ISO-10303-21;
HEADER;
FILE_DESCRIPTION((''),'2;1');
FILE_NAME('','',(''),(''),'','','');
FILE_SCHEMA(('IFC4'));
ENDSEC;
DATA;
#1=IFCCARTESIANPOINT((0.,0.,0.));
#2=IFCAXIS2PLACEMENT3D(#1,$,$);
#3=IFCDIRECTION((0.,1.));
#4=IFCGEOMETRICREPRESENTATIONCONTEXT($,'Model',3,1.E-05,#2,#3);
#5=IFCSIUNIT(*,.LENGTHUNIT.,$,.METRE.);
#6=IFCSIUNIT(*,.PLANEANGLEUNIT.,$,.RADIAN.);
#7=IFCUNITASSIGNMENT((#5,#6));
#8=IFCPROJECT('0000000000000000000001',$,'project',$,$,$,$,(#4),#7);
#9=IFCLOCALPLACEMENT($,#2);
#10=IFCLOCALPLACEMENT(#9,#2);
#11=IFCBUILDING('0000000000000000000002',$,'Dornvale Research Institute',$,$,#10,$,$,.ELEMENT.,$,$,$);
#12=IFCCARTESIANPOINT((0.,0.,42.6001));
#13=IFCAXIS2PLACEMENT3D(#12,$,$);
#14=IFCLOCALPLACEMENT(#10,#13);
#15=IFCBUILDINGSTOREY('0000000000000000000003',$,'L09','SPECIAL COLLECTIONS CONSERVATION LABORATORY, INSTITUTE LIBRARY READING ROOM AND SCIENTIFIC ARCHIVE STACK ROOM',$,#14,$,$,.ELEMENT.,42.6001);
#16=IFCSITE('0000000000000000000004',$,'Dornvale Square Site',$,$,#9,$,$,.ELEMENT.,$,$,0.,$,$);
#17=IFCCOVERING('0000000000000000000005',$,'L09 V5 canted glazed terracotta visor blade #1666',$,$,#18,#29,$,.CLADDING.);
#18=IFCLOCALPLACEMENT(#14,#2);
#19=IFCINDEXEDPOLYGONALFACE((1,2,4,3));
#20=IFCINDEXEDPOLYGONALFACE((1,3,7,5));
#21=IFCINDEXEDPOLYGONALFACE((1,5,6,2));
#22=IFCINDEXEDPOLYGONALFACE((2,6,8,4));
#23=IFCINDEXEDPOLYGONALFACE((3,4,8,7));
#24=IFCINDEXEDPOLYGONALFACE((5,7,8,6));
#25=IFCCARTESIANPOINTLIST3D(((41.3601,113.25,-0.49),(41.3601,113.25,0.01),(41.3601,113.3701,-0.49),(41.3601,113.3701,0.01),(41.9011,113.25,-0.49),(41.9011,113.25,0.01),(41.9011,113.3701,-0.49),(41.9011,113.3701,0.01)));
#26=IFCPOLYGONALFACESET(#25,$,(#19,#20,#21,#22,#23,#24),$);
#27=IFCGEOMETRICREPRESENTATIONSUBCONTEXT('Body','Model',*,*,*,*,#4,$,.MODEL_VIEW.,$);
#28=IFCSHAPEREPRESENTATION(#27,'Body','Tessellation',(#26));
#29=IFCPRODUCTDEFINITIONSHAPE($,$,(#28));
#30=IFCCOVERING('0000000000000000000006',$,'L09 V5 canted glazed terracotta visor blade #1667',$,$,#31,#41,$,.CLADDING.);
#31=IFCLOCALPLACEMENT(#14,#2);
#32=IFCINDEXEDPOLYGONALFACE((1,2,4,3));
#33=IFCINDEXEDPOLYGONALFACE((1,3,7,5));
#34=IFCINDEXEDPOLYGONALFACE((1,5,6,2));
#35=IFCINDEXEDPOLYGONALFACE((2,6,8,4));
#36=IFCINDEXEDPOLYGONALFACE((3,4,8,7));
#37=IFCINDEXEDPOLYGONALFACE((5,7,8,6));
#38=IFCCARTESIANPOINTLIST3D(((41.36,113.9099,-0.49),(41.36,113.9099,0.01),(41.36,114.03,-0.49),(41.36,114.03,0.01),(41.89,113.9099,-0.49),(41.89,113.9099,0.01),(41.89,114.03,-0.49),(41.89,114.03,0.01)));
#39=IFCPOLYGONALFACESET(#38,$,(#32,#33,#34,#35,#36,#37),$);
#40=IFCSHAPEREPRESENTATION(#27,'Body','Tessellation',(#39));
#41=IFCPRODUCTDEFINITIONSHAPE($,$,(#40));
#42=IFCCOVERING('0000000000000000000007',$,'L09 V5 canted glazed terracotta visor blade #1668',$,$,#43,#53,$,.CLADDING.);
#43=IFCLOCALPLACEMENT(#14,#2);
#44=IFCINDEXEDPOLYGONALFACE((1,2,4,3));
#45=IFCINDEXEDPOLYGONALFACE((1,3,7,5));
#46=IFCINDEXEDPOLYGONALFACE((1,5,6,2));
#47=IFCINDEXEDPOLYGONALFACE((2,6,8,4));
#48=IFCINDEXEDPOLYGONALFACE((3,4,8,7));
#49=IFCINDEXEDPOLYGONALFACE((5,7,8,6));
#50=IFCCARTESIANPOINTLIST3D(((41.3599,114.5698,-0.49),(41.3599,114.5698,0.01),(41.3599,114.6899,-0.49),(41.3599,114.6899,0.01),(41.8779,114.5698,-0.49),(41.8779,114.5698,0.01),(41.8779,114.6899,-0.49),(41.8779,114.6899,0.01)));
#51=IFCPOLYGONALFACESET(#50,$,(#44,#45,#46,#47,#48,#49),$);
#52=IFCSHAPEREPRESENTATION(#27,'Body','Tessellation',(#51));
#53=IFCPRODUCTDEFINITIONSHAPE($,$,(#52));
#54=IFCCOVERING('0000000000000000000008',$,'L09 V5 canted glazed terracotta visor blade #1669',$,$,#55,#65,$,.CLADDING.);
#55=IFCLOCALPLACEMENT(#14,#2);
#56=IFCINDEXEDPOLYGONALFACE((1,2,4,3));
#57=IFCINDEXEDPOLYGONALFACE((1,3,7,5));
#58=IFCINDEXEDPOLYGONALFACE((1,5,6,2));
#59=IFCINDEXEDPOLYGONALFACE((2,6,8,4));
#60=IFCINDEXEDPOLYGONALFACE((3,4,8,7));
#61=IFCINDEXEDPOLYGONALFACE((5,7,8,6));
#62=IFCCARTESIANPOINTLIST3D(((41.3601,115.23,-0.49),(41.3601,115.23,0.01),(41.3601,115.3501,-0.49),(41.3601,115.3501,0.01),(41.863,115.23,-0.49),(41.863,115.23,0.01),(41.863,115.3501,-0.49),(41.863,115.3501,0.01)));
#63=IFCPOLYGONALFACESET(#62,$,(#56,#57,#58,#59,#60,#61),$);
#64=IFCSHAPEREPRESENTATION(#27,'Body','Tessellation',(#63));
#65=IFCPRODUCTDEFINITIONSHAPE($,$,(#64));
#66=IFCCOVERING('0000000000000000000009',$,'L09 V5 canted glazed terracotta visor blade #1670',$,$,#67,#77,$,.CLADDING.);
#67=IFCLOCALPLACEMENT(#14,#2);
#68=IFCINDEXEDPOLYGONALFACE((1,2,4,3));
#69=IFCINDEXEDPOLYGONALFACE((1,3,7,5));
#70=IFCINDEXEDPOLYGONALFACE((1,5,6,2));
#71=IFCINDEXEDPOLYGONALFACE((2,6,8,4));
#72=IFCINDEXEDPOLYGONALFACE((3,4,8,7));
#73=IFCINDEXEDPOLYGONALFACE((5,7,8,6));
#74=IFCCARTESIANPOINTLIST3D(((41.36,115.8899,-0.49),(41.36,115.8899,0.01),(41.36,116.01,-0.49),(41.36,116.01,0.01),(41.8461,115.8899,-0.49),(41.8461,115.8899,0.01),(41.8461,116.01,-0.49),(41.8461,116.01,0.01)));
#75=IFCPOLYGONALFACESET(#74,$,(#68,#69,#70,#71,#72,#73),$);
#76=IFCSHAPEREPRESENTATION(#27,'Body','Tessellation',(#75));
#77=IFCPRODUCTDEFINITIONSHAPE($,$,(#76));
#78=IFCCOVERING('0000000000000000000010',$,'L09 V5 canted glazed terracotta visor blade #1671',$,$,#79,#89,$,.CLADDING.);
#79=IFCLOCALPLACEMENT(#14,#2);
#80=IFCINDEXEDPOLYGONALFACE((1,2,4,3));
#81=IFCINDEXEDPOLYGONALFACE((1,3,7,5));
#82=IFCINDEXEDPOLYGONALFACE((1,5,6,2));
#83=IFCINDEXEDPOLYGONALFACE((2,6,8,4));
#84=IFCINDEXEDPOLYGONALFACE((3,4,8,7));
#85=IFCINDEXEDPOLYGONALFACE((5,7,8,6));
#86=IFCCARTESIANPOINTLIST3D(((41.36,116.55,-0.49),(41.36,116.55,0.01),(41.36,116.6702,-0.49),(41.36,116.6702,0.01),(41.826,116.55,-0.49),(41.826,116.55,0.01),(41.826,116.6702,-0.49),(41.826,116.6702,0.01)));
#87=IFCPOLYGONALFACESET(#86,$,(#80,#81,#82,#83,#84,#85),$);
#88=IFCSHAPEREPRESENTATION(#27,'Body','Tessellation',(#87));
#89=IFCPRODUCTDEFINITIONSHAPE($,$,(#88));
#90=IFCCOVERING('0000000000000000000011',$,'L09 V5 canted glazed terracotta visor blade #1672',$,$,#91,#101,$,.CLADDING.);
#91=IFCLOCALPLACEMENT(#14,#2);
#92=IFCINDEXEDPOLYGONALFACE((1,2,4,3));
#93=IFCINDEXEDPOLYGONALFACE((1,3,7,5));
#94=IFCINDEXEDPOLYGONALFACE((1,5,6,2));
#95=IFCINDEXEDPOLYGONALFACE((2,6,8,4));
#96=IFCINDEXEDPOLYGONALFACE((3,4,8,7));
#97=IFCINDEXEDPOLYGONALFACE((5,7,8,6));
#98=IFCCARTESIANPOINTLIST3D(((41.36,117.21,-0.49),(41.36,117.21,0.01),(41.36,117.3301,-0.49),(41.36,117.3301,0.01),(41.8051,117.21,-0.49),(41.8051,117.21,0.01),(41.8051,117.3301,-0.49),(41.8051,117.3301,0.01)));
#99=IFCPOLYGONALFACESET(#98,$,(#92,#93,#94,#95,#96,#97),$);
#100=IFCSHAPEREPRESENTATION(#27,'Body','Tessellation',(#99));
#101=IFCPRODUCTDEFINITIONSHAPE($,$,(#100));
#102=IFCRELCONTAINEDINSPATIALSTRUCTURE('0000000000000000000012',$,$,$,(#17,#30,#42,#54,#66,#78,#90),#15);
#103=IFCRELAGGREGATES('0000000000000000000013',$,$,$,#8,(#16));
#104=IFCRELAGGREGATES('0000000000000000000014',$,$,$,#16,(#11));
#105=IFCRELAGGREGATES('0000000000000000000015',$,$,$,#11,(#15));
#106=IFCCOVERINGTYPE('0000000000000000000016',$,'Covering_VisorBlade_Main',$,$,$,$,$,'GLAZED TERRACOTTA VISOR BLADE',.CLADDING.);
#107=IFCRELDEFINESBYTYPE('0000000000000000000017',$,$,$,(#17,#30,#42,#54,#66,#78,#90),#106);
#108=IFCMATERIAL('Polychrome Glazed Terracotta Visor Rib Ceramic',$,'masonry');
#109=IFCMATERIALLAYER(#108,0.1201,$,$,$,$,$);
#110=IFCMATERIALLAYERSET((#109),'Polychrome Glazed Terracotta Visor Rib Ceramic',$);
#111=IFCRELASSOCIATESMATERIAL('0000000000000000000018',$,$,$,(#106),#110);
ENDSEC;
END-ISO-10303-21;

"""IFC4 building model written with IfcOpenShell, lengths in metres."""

from ifc_helpers import new_model, si_unit, direction, frame, origin, origin_2d, place, context, subcontext, project, spatial, rectangle, extrude, material, layer, layer_set, type_object, element, save


model = new_model("IFC4")

# Units and contexts
model_context = context("Model", 3, precision=1e-05, world=origin(), true_north=direction((0.0, 1.0)))
body_context = subcontext(model_context, "Body", "Model", "MODEL_VIEW")
ifc_project = project(units=[si_unit("LENGTHUNIT", "METRE"), si_unit("PLANEANGLEUNIT", "RADIAN")], contexts=[model_context])

# Site, building, storey
site_placement = place(None, origin())
site = spatial("IfcSite", under=ifc_project, at=site_placement, Name="Dornvale Square Site", CompositionType="ELEMENT", RefElevation=0.0)
building_placement = place(site_placement, origin())
building = spatial("IfcBuilding", under=site, at=building_placement, Name="Dornvale Research Institute", CompositionType="ELEMENT")
storey_placement = place(building_placement, frame((0.0, 0.0, 42.6001)))
storey = spatial("IfcBuildingStorey", under=building, at=storey_placement, Name="L09", Description="SPECIAL COLLECTIONS CONSERVATION LABORATORY, INSTITUTE LIBRARY READING ROOM AND SCIENTIFIC ARCHIVE STACK ROOM", CompositionType="ELEMENT", Elevation=42.6001)

# Coverings
ifc_material_1 = material(Name="Polychrome Glazed Terracotta Visor Rib Ceramic", Category="masonry")
ifc_layer_1 = layer(ifc_material_1, 0.1201)
ifc_layer_set_1 = layer_set([ifc_layer_1], Name="Polychrome Glazed Terracotta Visor Rib Ceramic")
covering_type = type_object("IfcCoveringType", Name="Covering_VisorBlade_Main", ElementType="GLAZED TERRACOTTA VISOR BLADE", PredefinedType="CLADDING", material=ifc_layer_set_1)
covering_1_placement = place(storey_placement, frame((41.6306, 113.3101, -0.49), z_axis=(0.0, 0.0, 1.0), x_axis=(1.0, 0.0, 0.0)))
element("IfcCovering", 1, at=covering_1_placement, inside=storey, type_object=covering_type, Name="L09 V5 canted glazed terracotta visor blade #1666", PredefinedType="CLADDING", context=body_context, shape_type="SweptSolid", body=[
    extrude(rectangle(XDim=0.541, YDim=0.1201, at=origin_2d()), origin(), (0.0, 0.0, 1.0), 0.5),
])
covering_2_placement = place(storey_placement, frame((41.625, 113.97, -0.49), z_axis=(0.0, 0.0, 1.0), x_axis=(1.0, 0.0, 0.0)))
element("IfcCovering", 2, at=covering_2_placement, inside=storey, type_object=covering_type, Name="L09 V5 canted glazed terracotta visor blade #1667", PredefinedType="CLADDING", context=body_context, shape_type="SweptSolid", body=[
    extrude(rectangle(XDim=0.53, YDim=0.1201, at=origin_2d()), origin(), (0.0, 0.0, 1.0), 0.5),
])
covering_3_placement = place(storey_placement, frame((41.6189, 114.6299, -0.49), z_axis=(0.0, 0.0, 1.0), x_axis=(1.0, 0.0, 0.0)))
element("IfcCovering", 3, at=covering_3_placement, inside=storey, type_object=covering_type, Name="L09 V5 canted glazed terracotta visor blade #1668", PredefinedType="CLADDING", context=body_context, shape_type="SweptSolid", body=[
    extrude(rectangle(XDim=0.5181, YDim=0.1201, at=origin_2d()), origin(), (0.0, 0.0, 1.0), 0.5),
])
covering_4_placement = place(storey_placement, frame((41.6116, 115.29, -0.49), z_axis=(0.0, 0.0, 1.0), x_axis=(1.0, 0.0, 0.0)))
element("IfcCovering", 4, at=covering_4_placement, inside=storey, type_object=covering_type, Name="L09 V5 canted glazed terracotta visor blade #1669", PredefinedType="CLADDING", context=body_context, shape_type="SweptSolid", body=[
    extrude(rectangle(XDim=0.5029, YDim=0.1201, at=origin_2d()), origin(), (0.0, 0.0, 1.0), 0.5),
])
covering_5_placement = place(storey_placement, frame((41.603, 115.95, -0.49), z_axis=(0.0, 0.0, 1.0), x_axis=(1.0, 0.0, 0.0)))
element("IfcCovering", 5, at=covering_5_placement, inside=storey, type_object=covering_type, Name="L09 V5 canted glazed terracotta visor blade #1670", PredefinedType="CLADDING", context=body_context, shape_type="SweptSolid", body=[
    extrude(rectangle(XDim=0.4861, YDim=0.1201, at=origin_2d()), origin(), (0.0, 0.0, 1.0), 0.5),
])
covering_6_placement = place(storey_placement, frame((41.593, 116.6101, -0.49), z_axis=(0.0, 0.0, 1.0), x_axis=(1.0, 0.0, 0.0)))
element("IfcCovering", 6, at=covering_6_placement, inside=storey, type_object=covering_type, Name="L09 V5 canted glazed terracotta visor blade #1671", PredefinedType="CLADDING", context=body_context, shape_type="SweptSolid", body=[
    extrude(rectangle(XDim=0.4661, YDim=0.1201, at=origin_2d()), origin(), (0.0, 0.0, 1.0), 0.5),
])
covering_7_placement = place(storey_placement, frame((41.5825, 117.27, -0.49), z_axis=(0.0, 0.0, 1.0), x_axis=(1.0, 0.0, 0.0)))
element("IfcCovering", 7, at=covering_7_placement, inside=storey, type_object=covering_type, Name="L09 V5 canted glazed terracotta visor blade #1672", PredefinedType="CLADDING", context=body_context, shape_type="SweptSolid", body=[
    extrude(rectangle(XDim=0.4451, YDim=0.1201, at=origin_2d()), origin(), (0.0, 0.0, 1.0), 0.5),
])

save(model, "model.ifc")
